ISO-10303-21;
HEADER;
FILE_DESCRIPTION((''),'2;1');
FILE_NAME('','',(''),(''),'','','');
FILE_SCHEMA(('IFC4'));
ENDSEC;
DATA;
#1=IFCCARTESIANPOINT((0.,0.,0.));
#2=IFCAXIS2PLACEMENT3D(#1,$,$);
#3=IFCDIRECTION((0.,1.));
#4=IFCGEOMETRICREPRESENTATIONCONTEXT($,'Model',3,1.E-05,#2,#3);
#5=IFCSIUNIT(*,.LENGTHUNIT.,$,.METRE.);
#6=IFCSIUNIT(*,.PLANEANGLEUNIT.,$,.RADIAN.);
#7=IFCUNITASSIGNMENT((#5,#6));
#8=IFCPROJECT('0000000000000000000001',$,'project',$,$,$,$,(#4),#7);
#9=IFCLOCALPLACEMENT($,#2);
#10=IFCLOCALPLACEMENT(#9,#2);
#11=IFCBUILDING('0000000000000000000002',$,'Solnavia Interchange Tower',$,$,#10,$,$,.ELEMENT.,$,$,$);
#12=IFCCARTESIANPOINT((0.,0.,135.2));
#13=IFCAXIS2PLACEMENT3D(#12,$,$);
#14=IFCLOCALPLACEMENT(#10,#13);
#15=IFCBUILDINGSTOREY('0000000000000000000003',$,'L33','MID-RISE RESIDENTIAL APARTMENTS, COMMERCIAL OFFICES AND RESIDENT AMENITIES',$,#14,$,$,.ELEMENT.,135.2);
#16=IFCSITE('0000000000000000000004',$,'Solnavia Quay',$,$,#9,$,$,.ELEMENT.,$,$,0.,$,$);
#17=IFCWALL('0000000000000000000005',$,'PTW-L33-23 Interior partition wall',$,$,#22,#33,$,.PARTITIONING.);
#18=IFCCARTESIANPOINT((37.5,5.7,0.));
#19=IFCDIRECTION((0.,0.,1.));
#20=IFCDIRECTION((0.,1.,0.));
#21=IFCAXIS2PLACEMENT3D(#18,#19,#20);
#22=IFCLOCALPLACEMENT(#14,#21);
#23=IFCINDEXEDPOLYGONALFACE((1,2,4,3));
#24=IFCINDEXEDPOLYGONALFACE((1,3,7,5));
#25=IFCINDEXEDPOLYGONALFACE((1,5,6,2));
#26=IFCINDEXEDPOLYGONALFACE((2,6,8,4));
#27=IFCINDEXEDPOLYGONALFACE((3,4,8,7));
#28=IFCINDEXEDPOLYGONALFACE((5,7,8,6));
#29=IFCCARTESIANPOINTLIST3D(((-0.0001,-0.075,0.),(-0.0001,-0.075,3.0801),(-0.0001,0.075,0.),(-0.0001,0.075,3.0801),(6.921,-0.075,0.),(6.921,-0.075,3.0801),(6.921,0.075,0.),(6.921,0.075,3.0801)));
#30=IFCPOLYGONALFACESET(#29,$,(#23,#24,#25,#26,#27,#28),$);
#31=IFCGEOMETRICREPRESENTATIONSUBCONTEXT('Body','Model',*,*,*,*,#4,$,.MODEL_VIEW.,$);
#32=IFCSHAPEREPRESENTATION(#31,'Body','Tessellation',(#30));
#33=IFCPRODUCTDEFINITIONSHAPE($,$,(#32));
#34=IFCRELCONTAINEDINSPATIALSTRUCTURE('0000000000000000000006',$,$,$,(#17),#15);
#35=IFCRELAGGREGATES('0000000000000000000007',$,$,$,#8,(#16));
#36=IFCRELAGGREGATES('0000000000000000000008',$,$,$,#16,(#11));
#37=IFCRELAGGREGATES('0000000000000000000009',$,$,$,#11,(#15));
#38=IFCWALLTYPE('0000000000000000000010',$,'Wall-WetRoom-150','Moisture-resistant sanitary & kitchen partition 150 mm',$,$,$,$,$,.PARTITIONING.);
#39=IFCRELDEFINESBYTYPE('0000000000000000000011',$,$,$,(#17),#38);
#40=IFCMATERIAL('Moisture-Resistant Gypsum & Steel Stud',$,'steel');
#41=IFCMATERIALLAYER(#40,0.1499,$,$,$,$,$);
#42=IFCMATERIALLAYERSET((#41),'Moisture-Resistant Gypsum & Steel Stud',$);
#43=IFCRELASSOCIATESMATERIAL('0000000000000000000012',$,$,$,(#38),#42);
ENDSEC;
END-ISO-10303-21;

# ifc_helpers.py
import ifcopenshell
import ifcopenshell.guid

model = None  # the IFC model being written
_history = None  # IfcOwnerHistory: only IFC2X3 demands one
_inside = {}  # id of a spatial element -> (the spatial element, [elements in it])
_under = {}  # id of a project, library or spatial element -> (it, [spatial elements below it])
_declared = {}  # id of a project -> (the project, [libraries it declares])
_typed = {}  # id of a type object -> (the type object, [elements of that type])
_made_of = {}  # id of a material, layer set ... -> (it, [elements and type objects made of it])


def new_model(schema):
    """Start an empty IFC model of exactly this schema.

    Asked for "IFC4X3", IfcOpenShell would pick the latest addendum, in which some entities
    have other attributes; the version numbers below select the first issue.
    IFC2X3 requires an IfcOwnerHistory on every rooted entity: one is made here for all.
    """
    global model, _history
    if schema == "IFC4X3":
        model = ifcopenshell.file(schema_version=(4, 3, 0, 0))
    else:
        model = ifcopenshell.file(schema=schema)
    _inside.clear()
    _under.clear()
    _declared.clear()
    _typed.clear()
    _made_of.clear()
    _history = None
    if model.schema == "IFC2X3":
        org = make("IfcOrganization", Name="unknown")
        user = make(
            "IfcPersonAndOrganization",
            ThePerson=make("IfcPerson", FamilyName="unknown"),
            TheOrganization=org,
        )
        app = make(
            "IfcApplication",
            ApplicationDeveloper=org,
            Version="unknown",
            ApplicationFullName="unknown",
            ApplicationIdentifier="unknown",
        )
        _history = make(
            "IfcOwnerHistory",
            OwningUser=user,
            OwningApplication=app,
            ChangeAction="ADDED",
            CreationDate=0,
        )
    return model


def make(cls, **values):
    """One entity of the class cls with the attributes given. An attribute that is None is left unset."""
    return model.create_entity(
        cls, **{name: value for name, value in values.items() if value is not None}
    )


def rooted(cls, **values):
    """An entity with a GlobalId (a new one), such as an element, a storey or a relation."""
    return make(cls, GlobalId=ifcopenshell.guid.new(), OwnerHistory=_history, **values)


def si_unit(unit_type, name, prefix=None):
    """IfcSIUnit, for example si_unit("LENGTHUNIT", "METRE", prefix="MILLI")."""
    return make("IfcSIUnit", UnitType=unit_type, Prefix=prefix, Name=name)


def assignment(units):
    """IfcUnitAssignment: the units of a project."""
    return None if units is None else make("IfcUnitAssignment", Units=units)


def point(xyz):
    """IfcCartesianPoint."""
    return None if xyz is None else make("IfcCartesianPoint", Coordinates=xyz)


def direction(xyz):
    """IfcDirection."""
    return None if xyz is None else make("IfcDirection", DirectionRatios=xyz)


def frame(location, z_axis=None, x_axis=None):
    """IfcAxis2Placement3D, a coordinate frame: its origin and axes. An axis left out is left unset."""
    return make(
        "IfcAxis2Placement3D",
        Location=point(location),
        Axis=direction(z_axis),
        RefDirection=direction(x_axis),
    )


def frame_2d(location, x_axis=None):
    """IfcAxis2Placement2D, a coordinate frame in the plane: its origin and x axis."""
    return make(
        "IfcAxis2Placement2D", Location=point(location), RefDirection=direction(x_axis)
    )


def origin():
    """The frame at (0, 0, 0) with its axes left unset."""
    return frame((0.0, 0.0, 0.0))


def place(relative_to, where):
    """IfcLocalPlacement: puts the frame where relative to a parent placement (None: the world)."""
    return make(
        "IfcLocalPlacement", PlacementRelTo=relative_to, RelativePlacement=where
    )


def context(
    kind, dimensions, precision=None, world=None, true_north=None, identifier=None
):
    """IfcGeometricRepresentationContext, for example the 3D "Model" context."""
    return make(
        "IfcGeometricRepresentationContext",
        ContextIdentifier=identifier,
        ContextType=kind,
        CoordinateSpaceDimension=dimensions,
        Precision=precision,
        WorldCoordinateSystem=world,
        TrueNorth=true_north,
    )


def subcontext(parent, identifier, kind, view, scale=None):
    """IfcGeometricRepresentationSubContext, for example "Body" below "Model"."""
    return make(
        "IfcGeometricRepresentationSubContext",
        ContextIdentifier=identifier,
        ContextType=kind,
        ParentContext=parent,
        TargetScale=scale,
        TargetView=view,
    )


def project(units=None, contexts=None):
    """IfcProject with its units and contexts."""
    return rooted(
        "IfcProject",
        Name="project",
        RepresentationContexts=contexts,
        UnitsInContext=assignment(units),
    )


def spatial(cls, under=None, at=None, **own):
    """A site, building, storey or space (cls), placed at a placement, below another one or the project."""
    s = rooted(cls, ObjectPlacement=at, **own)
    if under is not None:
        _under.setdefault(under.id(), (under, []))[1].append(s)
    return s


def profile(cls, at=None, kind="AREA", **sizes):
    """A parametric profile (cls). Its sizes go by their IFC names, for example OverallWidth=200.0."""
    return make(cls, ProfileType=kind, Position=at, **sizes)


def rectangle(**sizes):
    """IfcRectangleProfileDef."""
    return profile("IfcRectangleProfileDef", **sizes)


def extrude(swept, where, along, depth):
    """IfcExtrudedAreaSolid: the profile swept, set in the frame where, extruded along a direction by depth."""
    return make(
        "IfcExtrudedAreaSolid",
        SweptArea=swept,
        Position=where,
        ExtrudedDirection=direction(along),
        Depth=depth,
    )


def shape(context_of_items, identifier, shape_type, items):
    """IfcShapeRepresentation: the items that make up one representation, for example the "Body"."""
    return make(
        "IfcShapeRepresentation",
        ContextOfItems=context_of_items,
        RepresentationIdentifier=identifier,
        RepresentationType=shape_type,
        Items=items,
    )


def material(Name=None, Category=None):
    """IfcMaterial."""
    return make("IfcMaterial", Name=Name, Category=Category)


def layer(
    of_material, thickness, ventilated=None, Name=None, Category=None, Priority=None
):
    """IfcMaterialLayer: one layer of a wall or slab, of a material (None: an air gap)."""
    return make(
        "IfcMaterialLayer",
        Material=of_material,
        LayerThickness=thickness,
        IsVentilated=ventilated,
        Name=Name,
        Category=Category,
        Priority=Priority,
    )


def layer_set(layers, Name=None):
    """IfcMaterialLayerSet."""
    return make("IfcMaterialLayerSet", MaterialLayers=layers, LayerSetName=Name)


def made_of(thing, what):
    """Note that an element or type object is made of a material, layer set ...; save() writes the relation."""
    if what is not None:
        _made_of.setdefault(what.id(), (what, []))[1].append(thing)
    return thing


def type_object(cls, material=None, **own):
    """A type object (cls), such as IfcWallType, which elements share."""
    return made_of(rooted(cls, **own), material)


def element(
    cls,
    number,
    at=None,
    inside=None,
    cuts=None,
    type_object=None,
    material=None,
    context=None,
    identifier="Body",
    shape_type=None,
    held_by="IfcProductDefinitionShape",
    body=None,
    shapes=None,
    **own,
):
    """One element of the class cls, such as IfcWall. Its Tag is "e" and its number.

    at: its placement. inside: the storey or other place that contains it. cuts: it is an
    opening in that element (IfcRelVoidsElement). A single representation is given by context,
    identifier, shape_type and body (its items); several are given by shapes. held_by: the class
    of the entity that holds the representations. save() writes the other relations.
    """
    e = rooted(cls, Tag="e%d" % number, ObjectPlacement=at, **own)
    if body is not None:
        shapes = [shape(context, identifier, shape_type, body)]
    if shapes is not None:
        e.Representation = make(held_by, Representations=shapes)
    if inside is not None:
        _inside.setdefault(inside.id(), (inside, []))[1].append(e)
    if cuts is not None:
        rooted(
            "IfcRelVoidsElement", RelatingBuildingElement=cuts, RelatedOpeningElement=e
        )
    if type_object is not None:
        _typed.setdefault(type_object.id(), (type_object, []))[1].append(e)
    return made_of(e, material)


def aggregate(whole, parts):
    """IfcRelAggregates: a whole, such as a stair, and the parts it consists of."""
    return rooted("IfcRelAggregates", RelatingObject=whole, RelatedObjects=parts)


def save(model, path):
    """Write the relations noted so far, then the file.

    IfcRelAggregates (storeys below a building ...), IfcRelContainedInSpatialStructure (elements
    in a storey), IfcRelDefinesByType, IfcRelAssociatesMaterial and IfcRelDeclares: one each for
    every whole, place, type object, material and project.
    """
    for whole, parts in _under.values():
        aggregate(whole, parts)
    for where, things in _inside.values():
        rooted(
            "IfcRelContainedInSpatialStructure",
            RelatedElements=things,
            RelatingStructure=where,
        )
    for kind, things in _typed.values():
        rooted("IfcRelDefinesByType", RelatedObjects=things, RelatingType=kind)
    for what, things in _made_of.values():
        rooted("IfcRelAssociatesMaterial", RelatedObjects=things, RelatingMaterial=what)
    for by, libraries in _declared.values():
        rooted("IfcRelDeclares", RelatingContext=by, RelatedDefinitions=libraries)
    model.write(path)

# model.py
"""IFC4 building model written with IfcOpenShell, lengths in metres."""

from ifc_helpers import new_model, si_unit, direction, frame, frame_2d, origin, place, context, subcontext, project, spatial, rectangle, extrude, material, layer, layer_set, type_object, element, save


model = new_model("IFC4")

# Units and contexts
model_context = context("Model", 3, precision=1e-05, world=origin(), true_north=direction((0.0, 1.0)))
body_context = subcontext(model_context, "Body", "Model", "MODEL_VIEW")
ifc_project = project(units=[si_unit("LENGTHUNIT", "METRE"), si_unit("PLANEANGLEUNIT", "RADIAN")], contexts=[model_context])

# Site, building, storey
site_placement = place(None, origin())
site = spatial("IfcSite", under=ifc_project, at=site_placement, Name="Solnavia Quay", CompositionType="ELEMENT", RefElevation=0.0)
building_placement = place(site_placement, origin())
building = spatial("IfcBuilding", under=site, at=building_placement, Name="Solnavia Interchange Tower", CompositionType="ELEMENT")
storey_placement = place(building_placement, frame((0.0, 0.0, 135.2)))
storey = spatial("IfcBuildingStorey", under=building, at=storey_placement, Name="L33", Description="MID-RISE RESIDENTIAL APARTMENTS, COMMERCIAL OFFICES AND RESIDENT AMENITIES", CompositionType="ELEMENT", Elevation=135.2)

# Shared definitions
ifc_material_1 = material(Name="Moisture-Resistant Gypsum & Steel Stud", Category="steel")
ifc_layer_1 = layer(ifc_material_1, 0.1499)
ifc_layer_set_1 = layer_set([ifc_layer_1], Name="Moisture-Resistant Gypsum & Steel Stud")
wall_type_1 = type_object("IfcWallType", Name="Wall-WetRoom-150", Description="Moisture-resistant sanitary & kitchen partition 150 mm", PredefinedType="PARTITIONING", material=ifc_layer_set_1)

# Wall
wall_1_placement = place(storey_placement, frame((37.5, 5.7, 0.0), z_axis=(0.0, 0.0, 1.0), x_axis=(0.0, 1.0, 0.0)))
element("IfcWall", 1, at=wall_1_placement, inside=storey, type_object=wall_type_1, Name="PTW-L33-23 Interior partition wall", PredefinedType="PARTITIONING", context=body_context, shape_type="SweptSolid", body=[
    extrude(rectangle(XDim=6.9211, YDim=0.1499, at=frame_2d((3.4604, 0.0))), origin(), (0.0, 0.0, 1.0), 3.0801),
])

save(model, "model.ifc")
